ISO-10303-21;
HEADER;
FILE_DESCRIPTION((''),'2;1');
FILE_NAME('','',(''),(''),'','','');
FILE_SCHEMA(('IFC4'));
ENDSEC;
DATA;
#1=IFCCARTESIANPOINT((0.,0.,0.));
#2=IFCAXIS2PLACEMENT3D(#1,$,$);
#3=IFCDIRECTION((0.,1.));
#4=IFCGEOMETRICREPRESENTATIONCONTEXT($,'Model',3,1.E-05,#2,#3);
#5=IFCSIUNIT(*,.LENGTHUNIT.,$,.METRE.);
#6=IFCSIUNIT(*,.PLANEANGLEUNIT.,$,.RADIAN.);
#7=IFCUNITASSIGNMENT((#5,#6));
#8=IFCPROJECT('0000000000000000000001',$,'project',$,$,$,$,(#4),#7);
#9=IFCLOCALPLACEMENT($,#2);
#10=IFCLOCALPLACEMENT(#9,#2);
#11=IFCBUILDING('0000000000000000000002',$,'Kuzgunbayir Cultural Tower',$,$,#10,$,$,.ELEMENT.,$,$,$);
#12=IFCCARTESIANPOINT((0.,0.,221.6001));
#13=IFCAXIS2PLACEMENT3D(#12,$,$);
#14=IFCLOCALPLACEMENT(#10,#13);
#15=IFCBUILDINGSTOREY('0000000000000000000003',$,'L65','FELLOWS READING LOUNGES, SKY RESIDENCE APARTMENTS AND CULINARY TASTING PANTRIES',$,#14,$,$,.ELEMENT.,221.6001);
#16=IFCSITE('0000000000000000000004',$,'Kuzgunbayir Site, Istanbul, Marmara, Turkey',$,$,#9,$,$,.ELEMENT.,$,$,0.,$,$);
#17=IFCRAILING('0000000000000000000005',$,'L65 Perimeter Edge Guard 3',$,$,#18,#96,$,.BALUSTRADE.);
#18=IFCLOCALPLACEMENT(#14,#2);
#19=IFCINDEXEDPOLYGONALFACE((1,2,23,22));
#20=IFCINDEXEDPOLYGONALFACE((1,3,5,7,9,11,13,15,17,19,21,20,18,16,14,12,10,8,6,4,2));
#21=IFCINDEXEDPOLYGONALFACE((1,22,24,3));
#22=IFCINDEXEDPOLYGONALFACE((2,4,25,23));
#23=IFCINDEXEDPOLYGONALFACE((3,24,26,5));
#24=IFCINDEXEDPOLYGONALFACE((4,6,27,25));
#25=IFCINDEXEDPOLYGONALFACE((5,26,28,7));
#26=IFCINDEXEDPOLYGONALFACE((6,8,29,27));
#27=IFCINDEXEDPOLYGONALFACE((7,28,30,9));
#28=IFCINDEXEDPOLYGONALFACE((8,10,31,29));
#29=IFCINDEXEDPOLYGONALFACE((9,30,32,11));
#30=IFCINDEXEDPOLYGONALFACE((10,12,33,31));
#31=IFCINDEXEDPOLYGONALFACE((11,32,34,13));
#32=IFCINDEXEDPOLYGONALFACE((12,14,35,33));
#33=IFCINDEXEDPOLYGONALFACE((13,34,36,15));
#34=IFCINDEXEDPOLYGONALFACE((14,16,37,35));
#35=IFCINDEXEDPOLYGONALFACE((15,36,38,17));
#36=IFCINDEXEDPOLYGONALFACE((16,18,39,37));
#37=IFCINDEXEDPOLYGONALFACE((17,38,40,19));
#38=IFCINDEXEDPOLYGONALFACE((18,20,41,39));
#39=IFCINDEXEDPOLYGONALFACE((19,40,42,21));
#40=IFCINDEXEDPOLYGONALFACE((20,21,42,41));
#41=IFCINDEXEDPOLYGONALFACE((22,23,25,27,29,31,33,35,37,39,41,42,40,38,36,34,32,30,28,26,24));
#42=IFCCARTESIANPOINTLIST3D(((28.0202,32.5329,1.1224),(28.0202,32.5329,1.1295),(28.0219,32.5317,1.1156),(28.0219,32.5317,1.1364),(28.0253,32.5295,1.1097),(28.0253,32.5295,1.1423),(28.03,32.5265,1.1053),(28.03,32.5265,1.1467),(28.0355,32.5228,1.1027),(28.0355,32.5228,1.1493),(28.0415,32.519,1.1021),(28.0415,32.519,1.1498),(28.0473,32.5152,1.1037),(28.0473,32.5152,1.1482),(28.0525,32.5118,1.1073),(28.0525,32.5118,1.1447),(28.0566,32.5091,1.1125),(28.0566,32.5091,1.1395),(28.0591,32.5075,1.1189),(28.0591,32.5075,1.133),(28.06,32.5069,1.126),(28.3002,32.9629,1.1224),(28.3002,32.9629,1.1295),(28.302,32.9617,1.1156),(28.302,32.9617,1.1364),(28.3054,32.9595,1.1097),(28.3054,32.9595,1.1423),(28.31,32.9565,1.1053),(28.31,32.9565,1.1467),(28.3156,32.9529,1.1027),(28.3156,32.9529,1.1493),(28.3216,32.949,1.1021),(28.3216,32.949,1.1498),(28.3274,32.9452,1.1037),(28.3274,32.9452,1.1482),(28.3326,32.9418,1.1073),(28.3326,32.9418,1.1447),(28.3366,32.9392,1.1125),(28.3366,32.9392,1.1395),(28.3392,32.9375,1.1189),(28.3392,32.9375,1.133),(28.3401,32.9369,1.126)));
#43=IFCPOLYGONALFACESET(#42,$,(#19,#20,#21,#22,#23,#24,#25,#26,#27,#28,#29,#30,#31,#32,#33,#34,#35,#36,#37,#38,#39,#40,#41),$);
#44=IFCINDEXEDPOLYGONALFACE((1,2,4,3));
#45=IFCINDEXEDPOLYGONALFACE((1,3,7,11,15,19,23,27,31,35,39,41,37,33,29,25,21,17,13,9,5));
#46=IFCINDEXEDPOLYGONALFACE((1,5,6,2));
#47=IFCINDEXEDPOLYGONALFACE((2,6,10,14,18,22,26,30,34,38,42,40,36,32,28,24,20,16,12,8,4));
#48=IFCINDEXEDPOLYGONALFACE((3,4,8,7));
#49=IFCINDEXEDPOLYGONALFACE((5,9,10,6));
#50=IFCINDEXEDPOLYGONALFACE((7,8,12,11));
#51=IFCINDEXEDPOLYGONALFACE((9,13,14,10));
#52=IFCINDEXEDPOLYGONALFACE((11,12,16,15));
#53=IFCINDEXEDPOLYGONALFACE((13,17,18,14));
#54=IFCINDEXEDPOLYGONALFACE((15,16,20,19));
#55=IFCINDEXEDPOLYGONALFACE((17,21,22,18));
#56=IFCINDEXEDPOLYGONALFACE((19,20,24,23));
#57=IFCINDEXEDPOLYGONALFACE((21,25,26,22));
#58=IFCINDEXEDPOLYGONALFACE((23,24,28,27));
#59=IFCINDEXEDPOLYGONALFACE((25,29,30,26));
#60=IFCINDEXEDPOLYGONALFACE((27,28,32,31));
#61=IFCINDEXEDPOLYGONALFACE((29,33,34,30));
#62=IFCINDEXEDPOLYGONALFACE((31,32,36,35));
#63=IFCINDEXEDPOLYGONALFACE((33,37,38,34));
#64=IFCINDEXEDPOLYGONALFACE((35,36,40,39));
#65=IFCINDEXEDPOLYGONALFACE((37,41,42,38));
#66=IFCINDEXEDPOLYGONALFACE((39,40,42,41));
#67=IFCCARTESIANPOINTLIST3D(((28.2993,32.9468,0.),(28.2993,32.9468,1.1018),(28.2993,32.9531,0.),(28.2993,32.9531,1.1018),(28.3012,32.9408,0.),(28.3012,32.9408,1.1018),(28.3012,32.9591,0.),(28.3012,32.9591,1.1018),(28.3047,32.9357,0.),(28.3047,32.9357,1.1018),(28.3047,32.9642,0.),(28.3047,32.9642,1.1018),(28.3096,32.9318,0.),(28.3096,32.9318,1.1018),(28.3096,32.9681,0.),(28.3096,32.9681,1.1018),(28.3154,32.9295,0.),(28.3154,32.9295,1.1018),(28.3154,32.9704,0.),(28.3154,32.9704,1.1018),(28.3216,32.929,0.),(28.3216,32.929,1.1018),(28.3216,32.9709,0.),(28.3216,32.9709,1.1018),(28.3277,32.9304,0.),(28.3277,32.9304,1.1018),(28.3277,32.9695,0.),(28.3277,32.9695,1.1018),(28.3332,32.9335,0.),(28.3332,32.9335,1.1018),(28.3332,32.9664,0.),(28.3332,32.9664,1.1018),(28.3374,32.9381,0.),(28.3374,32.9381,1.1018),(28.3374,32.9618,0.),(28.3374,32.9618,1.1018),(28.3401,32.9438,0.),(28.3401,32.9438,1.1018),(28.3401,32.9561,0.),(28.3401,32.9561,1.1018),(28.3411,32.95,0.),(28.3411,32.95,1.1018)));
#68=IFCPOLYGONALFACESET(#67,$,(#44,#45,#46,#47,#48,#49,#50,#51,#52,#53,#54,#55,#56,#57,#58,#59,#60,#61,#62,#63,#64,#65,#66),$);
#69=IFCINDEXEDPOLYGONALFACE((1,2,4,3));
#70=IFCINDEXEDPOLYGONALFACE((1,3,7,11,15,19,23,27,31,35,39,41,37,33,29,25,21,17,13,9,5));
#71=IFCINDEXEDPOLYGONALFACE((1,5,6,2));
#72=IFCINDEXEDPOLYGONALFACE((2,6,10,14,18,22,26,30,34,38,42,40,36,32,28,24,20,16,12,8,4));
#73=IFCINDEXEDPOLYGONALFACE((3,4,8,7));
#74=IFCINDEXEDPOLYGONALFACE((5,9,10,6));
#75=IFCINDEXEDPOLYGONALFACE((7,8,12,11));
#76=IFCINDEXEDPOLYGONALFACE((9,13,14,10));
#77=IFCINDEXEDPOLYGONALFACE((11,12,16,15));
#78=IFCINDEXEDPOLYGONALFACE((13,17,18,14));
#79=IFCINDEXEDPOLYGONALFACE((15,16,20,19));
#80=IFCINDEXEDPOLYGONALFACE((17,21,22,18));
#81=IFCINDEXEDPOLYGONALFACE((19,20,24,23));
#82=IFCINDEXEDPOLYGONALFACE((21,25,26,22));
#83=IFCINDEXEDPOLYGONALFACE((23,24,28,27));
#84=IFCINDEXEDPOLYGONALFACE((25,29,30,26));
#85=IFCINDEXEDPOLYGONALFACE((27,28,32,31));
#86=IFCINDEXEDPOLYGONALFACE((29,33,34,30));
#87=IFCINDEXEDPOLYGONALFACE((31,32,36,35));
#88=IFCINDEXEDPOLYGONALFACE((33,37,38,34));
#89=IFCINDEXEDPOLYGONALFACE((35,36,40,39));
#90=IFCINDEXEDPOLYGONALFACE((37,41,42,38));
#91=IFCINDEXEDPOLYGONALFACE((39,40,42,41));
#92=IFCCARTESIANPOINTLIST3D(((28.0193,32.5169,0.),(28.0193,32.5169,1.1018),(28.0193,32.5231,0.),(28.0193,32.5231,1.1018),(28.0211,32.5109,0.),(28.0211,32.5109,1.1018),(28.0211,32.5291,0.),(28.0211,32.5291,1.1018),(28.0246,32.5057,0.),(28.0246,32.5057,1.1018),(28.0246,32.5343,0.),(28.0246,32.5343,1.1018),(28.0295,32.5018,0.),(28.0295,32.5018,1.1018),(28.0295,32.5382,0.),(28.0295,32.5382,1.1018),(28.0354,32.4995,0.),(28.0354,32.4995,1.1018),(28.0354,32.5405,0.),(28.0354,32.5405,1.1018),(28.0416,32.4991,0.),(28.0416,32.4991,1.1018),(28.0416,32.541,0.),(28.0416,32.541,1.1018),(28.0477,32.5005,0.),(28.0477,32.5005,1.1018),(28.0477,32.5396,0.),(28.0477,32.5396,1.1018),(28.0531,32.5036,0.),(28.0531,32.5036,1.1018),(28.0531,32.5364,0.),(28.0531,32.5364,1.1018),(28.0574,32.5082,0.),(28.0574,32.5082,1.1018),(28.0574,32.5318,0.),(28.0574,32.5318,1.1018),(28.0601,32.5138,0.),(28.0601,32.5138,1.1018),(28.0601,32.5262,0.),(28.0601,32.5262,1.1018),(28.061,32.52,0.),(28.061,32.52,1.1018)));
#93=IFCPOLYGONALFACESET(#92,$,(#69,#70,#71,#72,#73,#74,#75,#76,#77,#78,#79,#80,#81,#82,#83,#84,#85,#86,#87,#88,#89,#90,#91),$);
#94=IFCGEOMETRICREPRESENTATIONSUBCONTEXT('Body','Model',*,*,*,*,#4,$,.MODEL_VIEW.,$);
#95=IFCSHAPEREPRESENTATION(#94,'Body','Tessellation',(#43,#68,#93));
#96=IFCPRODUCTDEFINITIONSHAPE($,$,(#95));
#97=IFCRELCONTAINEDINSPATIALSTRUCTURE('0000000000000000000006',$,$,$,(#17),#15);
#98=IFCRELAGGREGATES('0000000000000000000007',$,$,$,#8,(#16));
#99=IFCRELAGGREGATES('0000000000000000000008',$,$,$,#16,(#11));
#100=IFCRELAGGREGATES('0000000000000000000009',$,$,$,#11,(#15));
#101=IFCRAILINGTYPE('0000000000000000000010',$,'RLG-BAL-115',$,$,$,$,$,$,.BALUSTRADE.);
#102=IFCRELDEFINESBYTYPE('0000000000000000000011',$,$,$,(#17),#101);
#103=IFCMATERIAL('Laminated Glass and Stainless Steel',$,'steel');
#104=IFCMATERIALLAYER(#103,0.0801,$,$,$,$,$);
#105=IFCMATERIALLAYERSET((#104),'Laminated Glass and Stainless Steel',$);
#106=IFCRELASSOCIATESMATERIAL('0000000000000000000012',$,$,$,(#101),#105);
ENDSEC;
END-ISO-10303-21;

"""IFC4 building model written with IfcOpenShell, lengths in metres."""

from ifc_helpers import new_model, si_unit, direction, frame, origin, origin_2d, place, context, subcontext, project, spatial, circle, extrude, material, layer, layer_set, type_object, element, save


model = new_model("IFC4")

# Units and contexts
model_context = context("Model", 3, precision=1e-05, world=origin(), true_north=direction((0.0, 1.0)))
body_context = subcontext(model_context, "Body", "Model", "MODEL_VIEW")
ifc_project = project(units=[si_unit("LENGTHUNIT", "METRE"), si_unit("PLANEANGLEUNIT", "RADIAN")], contexts=[model_context])

# Site, building, storey
site_placement = place(None, origin())
site = spatial("IfcSite", under=ifc_project, at=site_placement, Name="Kuzgunbayir Site, Istanbul, Marmara, Turkey", CompositionType="ELEMENT", RefElevation=0.0)
building_placement = place(site_placement, origin())
building = spatial("IfcBuilding", under=site, at=building_placement, Name="Kuzgunbayir Cultural Tower", CompositionType="ELEMENT")
storey_placement = place(building_placement, frame((0.0, 0.0, 221.6001)))
storey = spatial("IfcBuildingStorey", under=building, at=storey_placement, Name="L65", Description="FELLOWS READING LOUNGES, SKY RESIDENCE APARTMENTS AND CULINARY TASTING PANTRIES", CompositionType="ELEMENT", Elevation=221.6001)

# Railing
ifc_material_1 = material(Name="Laminated Glass and Stainless Steel", Category="steel")
ifc_layer_1 = layer(ifc_material_1, 0.0801)
ifc_layer_set_1 = layer_set([ifc_layer_1], Name="Laminated Glass and Stainless Steel")
railing_type_1 = type_object("IfcRailingType", Name="RLG-BAL-115", PredefinedType="BALUSTRADE", material=ifc_layer_set_1)
railing_1_placement = place(storey_placement, frame((28.3201, 32.95, 0.0)))
element("IfcRailing", 1, at=railing_1_placement, inside=storey, type_object=railing_type_1, Name="L65 Perimeter Edge Guard 3", PredefinedType="BALUSTRADE", context=body_context, shape_type="SweptSolid", body=[
    extrude(circle(Radius=0.0239, at=origin_2d()), frame((0.0, 0.0, 1.126), z_axis=(-0.545774, -0.837932, 0.0), x_axis=(0.837932, -0.545774, 0.0)), (0.0, 0.0, 1.0), 0.5132),
    extrude(circle(Radius=0.021, at=origin_2d()), origin(), (0.0, 0.0, 1.0), 1.1018),
    extrude(circle(Radius=0.021, at=origin_2d()), frame((-0.28, -0.4299, 0.0)), (0.0, 0.0, 1.0), 1.1018),
])

save(model, "model.ifc")
